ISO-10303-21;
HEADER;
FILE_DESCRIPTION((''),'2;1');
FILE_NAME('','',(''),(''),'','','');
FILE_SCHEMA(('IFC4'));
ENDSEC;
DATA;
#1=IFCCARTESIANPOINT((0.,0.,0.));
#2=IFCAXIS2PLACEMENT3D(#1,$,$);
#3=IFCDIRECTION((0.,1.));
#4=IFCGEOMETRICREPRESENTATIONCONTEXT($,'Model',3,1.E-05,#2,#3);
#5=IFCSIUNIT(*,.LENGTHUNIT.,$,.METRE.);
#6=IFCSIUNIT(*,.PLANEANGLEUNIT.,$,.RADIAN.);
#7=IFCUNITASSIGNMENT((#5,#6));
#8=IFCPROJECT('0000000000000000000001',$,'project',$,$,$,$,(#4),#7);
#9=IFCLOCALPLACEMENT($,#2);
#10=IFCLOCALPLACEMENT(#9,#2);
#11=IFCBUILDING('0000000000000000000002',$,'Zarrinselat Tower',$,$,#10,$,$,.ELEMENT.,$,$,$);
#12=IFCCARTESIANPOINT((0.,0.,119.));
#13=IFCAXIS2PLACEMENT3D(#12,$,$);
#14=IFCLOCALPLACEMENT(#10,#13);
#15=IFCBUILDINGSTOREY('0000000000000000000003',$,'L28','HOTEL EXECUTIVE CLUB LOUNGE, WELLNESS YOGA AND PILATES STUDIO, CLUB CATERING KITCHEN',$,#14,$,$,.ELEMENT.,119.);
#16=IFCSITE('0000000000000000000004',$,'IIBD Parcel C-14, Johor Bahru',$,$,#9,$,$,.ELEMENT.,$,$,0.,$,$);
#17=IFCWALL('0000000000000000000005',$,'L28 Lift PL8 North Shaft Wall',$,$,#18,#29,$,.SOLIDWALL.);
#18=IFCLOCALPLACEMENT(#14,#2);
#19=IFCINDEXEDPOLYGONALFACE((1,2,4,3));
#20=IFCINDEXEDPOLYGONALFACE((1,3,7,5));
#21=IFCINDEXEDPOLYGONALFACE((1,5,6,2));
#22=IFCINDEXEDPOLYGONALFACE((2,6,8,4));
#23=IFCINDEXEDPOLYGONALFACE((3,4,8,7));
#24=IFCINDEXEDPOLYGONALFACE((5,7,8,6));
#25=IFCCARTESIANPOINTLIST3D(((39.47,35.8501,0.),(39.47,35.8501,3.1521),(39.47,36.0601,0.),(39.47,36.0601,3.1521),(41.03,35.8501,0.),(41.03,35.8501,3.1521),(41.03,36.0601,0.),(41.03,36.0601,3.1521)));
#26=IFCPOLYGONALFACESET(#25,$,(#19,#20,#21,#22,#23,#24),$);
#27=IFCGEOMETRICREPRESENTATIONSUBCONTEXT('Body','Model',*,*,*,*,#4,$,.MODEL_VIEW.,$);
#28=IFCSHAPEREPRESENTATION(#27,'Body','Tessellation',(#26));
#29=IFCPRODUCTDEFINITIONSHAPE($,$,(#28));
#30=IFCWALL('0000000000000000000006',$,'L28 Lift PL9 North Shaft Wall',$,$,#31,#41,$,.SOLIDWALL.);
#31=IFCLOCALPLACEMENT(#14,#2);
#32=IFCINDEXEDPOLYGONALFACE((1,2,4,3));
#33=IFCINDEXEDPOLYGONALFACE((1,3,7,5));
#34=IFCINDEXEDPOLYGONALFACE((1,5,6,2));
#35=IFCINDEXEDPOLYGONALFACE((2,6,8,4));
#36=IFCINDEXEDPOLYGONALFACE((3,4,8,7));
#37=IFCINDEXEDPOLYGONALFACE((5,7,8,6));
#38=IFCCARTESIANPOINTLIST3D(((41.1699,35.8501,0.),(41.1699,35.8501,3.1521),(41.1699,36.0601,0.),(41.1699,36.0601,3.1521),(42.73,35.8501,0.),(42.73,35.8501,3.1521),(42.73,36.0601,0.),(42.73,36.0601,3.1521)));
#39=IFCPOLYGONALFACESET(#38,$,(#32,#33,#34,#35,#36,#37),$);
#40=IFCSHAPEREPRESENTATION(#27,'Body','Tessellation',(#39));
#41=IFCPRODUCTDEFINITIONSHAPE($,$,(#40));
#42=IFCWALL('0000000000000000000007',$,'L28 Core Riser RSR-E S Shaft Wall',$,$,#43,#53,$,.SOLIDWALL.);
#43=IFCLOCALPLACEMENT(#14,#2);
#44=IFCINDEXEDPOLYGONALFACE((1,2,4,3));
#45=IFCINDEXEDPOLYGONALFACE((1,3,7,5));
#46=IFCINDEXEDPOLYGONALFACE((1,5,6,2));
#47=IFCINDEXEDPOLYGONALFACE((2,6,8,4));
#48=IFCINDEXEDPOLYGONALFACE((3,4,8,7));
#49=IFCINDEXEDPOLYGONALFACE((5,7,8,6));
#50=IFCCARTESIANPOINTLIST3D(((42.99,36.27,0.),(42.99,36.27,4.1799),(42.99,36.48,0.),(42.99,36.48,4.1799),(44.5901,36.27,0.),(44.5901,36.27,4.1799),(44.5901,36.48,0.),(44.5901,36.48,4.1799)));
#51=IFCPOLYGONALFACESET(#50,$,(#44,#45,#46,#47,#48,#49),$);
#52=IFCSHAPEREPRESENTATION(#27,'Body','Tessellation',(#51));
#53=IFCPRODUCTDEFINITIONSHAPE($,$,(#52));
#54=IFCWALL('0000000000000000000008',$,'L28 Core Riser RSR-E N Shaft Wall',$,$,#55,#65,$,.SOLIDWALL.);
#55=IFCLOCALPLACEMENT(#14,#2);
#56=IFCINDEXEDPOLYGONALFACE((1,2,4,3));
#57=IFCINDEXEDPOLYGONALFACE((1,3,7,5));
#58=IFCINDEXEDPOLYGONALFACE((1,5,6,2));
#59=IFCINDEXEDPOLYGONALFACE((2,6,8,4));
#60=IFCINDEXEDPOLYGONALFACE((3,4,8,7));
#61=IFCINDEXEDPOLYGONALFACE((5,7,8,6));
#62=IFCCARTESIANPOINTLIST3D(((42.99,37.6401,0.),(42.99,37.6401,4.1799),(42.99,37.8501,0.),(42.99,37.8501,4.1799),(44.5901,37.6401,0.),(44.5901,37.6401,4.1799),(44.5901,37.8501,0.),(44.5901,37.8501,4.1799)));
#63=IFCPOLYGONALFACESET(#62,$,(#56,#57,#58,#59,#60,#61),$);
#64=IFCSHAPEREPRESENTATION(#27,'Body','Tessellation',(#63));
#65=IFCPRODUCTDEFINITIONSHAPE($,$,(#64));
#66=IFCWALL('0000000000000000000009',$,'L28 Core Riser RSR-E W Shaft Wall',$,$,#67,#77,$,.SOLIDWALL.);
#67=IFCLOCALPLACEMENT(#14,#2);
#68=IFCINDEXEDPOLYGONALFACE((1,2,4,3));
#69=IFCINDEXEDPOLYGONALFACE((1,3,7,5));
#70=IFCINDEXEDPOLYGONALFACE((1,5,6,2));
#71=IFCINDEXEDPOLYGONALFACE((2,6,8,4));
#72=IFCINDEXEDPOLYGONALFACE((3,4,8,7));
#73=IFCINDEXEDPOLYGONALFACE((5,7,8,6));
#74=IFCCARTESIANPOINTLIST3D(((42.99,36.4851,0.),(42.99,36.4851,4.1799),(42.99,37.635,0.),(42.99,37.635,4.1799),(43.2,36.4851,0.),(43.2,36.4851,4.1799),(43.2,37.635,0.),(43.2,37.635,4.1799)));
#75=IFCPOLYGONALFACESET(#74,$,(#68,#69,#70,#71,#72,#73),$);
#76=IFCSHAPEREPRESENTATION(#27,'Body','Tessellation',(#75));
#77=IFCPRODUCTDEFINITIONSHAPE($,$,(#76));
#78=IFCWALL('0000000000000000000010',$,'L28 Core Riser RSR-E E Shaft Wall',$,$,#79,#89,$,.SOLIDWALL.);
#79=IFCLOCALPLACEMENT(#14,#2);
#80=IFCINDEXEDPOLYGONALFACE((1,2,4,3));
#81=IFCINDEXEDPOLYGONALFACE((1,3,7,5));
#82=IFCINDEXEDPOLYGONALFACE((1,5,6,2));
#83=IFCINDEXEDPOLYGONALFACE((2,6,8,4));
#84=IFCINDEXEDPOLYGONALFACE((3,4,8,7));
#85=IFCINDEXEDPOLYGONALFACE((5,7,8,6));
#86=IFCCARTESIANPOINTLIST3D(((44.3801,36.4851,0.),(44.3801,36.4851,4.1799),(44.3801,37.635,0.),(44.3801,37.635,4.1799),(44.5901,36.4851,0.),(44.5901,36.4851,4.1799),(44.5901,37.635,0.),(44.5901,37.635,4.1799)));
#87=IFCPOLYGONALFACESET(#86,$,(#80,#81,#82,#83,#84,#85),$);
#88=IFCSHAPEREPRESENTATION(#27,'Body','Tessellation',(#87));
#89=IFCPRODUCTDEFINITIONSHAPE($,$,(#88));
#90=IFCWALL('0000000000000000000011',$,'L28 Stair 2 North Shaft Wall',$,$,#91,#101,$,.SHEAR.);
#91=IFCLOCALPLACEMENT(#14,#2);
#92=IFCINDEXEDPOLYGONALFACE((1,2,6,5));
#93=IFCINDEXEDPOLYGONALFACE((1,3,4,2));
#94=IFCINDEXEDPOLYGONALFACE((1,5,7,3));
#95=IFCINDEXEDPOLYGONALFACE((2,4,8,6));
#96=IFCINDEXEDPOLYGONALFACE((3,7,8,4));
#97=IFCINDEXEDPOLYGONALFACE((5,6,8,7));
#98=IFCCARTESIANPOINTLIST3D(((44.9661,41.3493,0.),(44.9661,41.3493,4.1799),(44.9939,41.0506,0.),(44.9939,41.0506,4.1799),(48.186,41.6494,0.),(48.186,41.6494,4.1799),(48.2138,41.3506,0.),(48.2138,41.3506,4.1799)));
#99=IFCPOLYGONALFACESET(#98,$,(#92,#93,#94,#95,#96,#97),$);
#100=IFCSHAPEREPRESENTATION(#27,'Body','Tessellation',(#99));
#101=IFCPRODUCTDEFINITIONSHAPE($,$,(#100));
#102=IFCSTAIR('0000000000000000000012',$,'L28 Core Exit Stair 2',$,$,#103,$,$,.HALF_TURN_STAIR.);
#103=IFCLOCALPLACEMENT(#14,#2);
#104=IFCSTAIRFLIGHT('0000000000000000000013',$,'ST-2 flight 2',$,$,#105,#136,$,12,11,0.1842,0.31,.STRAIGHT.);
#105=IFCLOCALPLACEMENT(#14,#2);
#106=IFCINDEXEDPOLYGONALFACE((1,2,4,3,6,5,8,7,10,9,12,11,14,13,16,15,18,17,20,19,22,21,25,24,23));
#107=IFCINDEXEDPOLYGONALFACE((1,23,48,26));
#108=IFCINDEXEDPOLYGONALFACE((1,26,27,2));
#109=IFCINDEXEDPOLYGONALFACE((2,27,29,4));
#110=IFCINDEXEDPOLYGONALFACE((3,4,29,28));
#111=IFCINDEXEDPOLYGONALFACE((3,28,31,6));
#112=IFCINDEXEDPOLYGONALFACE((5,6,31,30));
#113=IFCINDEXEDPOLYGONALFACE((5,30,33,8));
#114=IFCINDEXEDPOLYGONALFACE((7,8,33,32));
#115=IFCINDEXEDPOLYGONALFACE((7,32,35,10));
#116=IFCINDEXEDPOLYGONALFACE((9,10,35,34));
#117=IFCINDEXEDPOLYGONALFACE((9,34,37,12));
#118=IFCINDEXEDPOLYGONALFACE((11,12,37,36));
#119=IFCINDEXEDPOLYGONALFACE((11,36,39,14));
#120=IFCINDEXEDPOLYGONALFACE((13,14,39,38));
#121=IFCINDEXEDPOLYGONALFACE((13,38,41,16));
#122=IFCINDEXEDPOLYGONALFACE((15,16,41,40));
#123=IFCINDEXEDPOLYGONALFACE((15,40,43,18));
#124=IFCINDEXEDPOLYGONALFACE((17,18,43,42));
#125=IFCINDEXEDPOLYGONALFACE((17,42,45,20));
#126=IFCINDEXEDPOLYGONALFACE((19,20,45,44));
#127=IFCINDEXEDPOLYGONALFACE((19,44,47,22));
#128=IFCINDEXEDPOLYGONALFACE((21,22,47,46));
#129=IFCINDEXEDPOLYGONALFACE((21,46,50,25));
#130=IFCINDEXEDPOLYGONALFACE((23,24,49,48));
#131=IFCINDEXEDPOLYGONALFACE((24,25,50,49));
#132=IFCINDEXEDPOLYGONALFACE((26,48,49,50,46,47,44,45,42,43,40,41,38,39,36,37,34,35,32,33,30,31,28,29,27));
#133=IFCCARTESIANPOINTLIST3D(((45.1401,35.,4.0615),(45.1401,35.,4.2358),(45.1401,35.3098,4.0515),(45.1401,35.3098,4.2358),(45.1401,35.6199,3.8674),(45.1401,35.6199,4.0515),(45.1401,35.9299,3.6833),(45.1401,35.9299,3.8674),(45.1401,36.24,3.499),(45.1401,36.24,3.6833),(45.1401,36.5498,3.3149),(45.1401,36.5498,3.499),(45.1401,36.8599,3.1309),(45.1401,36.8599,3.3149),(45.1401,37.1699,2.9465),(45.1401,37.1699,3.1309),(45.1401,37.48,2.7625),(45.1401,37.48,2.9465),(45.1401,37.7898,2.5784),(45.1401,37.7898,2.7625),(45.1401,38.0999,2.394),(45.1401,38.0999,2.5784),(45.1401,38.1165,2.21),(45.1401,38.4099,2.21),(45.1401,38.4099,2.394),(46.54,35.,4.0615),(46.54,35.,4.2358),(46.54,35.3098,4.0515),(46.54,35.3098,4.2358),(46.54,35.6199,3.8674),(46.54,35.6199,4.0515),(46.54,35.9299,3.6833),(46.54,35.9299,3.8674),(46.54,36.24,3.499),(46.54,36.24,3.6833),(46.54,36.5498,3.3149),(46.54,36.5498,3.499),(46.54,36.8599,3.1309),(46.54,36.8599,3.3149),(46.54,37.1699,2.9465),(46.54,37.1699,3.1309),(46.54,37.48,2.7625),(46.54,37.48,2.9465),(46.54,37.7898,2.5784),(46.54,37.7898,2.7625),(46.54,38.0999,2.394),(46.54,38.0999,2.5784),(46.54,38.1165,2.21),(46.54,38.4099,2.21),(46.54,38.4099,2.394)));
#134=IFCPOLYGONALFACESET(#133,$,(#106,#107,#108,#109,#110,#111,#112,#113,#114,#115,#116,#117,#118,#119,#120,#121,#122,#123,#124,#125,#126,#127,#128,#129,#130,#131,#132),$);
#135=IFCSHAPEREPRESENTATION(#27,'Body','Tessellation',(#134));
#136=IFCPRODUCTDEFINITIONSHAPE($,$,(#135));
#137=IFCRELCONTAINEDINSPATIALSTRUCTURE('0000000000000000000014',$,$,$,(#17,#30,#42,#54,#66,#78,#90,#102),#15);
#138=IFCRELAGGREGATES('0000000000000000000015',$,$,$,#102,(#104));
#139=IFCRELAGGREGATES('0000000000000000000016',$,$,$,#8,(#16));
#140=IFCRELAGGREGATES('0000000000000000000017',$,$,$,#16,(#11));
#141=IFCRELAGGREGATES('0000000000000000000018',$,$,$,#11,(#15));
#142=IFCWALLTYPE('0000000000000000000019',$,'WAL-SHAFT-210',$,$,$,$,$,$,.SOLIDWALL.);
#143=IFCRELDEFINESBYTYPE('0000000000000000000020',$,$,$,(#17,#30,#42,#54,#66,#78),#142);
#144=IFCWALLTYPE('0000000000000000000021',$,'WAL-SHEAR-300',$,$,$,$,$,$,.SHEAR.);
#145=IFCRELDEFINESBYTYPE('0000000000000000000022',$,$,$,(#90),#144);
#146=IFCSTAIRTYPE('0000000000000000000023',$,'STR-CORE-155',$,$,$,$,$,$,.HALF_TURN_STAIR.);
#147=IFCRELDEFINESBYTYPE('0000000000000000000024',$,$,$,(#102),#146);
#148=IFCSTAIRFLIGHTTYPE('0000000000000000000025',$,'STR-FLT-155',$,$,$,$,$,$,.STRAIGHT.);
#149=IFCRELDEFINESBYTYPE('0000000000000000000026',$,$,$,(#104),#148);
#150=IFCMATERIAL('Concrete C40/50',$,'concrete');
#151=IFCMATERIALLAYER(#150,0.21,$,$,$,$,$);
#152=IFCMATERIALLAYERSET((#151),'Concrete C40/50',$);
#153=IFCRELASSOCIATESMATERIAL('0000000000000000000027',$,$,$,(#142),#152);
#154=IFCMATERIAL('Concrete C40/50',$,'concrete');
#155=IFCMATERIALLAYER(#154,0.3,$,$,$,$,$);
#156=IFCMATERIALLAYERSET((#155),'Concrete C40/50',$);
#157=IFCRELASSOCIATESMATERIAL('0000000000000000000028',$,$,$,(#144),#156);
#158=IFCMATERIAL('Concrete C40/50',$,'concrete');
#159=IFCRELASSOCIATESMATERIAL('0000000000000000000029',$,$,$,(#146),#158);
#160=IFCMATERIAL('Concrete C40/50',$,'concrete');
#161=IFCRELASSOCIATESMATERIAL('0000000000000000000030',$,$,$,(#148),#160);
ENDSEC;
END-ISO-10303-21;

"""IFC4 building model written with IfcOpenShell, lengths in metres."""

from ifc_helpers import new_model, si_unit, direction, frame, frame_2d, origin, place, context, subcontext, project, spatial, polyline, rectangle, outline, extrude, material, layer, layer_set, type_object, element, aggregate, save


model = new_model("IFC4")

# Units and contexts
model_context = context("Model", 3, precision=1e-05, world=origin(), true_north=direction((0.0, 1.0)))
body_context = subcontext(model_context, "Body", "Model", "MODEL_VIEW")
ifc_project = project(units=[si_unit("LENGTHUNIT", "METRE"), si_unit("PLANEANGLEUNIT", "RADIAN")], contexts=[model_context])

# Site, building, storey
site_placement = place(None, origin())
site = spatial("IfcSite", under=ifc_project, at=site_placement, Name="IIBD Parcel C-14, Johor Bahru", CompositionType="ELEMENT", RefElevation=0.0)
building_placement = place(site_placement, origin())
building = spatial("IfcBuilding", under=site, at=building_placement, Name="Zarrinselat Tower", CompositionType="ELEMENT")
storey_placement = place(building_placement, frame((0.0, 0.0, 119.0)))
storey = spatial("IfcBuildingStorey", under=building, at=storey_placement, Name="L28", Description="HOTEL EXECUTIVE CLUB LOUNGE, WELLNESS YOGA AND PILATES STUDIO, CLUB CATERING KITCHEN", CompositionType="ELEMENT", Elevation=119.0)

# Walls
ifc_material_1 = material(Name="Concrete C40/50", Category="concrete")
ifc_layer_1 = layer(ifc_material_1, 0.21)
ifc_layer_set_1 = layer_set([ifc_layer_1], Name="Concrete C40/50")
wall_type_1 = type_object("IfcWallType", Name="WAL-SHAFT-210", PredefinedType="SOLIDWALL", material=ifc_layer_set_1)
for number, where, z_axis, x_axis, name in (
    (1, (39.47, 35.9551, 0.0), (0.0, 0.0, 1.0), (1.0, 0.0, 0.0), "L28 Lift PL8 North Shaft Wall"),
    (2, (41.1699, 35.9551, 0.0), (0.0, 0.0, 1.0), (1.0, 0.0, 0.0), "L28 Lift PL9 North Shaft Wall"),
):
    element("IfcWall", number, at=place(storey_placement, frame(where, z_axis=z_axis, x_axis=x_axis)), inside=storey, type_object=wall_type_1, Name=name, PredefinedType="SOLIDWALL", context=body_context, shape_type="SweptSolid", body=[
        extrude(rectangle(XDim=1.5601, YDim=0.21, at=frame_2d((0.78, 0.0))), origin(), (0.0, 0.0, 1.0), 3.1521),
    ])
for number, where, z_axis, x_axis, name in (
    (3, (42.99, 36.375, 0.0), (0.0, 0.0, 1.0), (1.0, 0.0, 0.0), "L28 Core Riser RSR-E S Shaft Wall"),
    (4, (42.99, 37.7451, 0.0), (0.0, 0.0, 1.0), (1.0, 0.0, 0.0), "L28 Core Riser RSR-E N Shaft Wall"),
):
    element("IfcWall", number, at=place(storey_placement, frame(where, z_axis=z_axis, x_axis=x_axis)), inside=storey, type_object=wall_type_1, Name=name, PredefinedType="SOLIDWALL", context=body_context, shape_type="SweptSolid", body=[
        extrude(rectangle(XDim=1.6001, YDim=0.21, at=frame_2d((0.8, 0.0))), origin(), (0.0, 0.0, 1.0), 4.1799),
    ])
for number, where, z_axis, x_axis, name in (
    (5, (43.095, 36.4851, 0.0), (0.0, 0.0, 1.0), (0.0, 1.0, 0.0), "L28 Core Riser RSR-E W Shaft Wall"),
    (6, (44.4851, 36.4851, 0.0), (0.0, 0.0, 1.0), (0.0, 1.0, 0.0), "L28 Core Riser RSR-E E Shaft Wall"),
):
    element("IfcWall", number, at=place(storey_placement, frame(where, z_axis=z_axis, x_axis=x_axis)), inside=storey, type_object=wall_type_1, Name=name, PredefinedType="SOLIDWALL", context=body_context, shape_type="SweptSolid", body=[
        extrude(rectangle(XDim=1.1499, YDim=0.21, at=frame_2d((0.575, 0.0))), origin(), (0.0, 0.0, 1.0), 4.1799),
    ])
ifc_material_2 = material(Name="Concrete C40/50", Category="concrete")
ifc_layer_2 = layer(ifc_material_2, 0.3)
ifc_layer_set_2 = layer_set([ifc_layer_2], Name="Concrete C40/50")
wall_type_2 = type_object("IfcWallType", Name="WAL-SHEAR-300", PredefinedType="SHEAR", material=ifc_layer_set_2)
wall_1_placement = place(storey_placement, frame((44.98, 41.2, 0.0), z_axis=(0.0, 0.0, 1.0), x_axis=(0.995686, 0.092782, 0.0)))
element("IfcWall", 7, at=wall_1_placement, inside=storey, type_object=wall_type_2, Name="L28 Stair 2 North Shaft Wall", PredefinedType="SHEAR", context=body_context, shape_type="SweptSolid", body=[
    extrude(rectangle(XDim=3.2339, YDim=0.3, at=frame_2d((1.6169, 0.0))), origin(), (0.0, 0.0, 1.0), 4.1799),
])

# Stair, stair flight
ifc_material_3 = material(Name="Concrete C40/50", Category="concrete")
stair_type = type_object("IfcStairType", Name="STR-CORE-155", PredefinedType="HALF_TURN_STAIR", material=ifc_material_3)
stair_placement = place(storey_placement, origin())
stair = element("IfcStair", 8, at=stair_placement, inside=storey, type_object=stair_type, Name="L28 Core Exit Stair 2", PredefinedType="HALF_TURN_STAIR")
ifc_material_4 = material(Name="Concrete C40/50", Category="concrete")
stair_flight_type = type_object("IfcStairFlightType", Name="STR-FLT-155", PredefinedType="STRAIGHT", material=ifc_material_4)
stair_flight_placement = place(storey_placement, frame((45.8401, 38.4099, 2.21), z_axis=(0.0, 0.0, 1.0), x_axis=(0.0, -1.0, 0.0)))
stair_flight = element("IfcStairFlight", 9, at=stair_flight_placement, type_object=stair_flight_type, Name="ST-2 flight 2", NumberOfRisers=12, NumberOfTreads=11, PredefinedType="STRAIGHT", RiserHeight=0.1842, TreadLength=0.31, context=body_context, shape_type="SweptSolid", body=[
    extrude(outline(polyline([(0.0, 0.0), (0.0, 0.1841), (0.3101, 0.1841), (0.3101, 0.3684), (0.6201, 0.3684), (0.6201, 0.5525), (0.9299, 0.5525), (0.9299, 0.7366), (1.24, 0.7366), (1.24, 0.9209), (1.55, 0.9209), (1.55, 1.105), (1.8601, 1.105), (1.8601, 1.2891), (2.1699, 1.2891), (2.1699, 1.4734), (2.48, 1.4734), (2.48, 1.6575), (2.79, 1.6575), (2.79, 1.8416), (3.1001, 1.8416), (3.1001, 2.0259), (3.4099, 2.0259), (3.4099, 2.21), (3.4099, 1.8516), (0.2935, 0.0), (0.0, 0.0)])), frame((0.0, 0.7, 0.0), z_axis=(0.0, -1.0, 0.0), x_axis=(1.0, 0.0, 0.0)), (0.0, 0.0, 1.0), 1.3999),
])
aggregate(stair, [stair_flight])

save(model, "model.ifc")
